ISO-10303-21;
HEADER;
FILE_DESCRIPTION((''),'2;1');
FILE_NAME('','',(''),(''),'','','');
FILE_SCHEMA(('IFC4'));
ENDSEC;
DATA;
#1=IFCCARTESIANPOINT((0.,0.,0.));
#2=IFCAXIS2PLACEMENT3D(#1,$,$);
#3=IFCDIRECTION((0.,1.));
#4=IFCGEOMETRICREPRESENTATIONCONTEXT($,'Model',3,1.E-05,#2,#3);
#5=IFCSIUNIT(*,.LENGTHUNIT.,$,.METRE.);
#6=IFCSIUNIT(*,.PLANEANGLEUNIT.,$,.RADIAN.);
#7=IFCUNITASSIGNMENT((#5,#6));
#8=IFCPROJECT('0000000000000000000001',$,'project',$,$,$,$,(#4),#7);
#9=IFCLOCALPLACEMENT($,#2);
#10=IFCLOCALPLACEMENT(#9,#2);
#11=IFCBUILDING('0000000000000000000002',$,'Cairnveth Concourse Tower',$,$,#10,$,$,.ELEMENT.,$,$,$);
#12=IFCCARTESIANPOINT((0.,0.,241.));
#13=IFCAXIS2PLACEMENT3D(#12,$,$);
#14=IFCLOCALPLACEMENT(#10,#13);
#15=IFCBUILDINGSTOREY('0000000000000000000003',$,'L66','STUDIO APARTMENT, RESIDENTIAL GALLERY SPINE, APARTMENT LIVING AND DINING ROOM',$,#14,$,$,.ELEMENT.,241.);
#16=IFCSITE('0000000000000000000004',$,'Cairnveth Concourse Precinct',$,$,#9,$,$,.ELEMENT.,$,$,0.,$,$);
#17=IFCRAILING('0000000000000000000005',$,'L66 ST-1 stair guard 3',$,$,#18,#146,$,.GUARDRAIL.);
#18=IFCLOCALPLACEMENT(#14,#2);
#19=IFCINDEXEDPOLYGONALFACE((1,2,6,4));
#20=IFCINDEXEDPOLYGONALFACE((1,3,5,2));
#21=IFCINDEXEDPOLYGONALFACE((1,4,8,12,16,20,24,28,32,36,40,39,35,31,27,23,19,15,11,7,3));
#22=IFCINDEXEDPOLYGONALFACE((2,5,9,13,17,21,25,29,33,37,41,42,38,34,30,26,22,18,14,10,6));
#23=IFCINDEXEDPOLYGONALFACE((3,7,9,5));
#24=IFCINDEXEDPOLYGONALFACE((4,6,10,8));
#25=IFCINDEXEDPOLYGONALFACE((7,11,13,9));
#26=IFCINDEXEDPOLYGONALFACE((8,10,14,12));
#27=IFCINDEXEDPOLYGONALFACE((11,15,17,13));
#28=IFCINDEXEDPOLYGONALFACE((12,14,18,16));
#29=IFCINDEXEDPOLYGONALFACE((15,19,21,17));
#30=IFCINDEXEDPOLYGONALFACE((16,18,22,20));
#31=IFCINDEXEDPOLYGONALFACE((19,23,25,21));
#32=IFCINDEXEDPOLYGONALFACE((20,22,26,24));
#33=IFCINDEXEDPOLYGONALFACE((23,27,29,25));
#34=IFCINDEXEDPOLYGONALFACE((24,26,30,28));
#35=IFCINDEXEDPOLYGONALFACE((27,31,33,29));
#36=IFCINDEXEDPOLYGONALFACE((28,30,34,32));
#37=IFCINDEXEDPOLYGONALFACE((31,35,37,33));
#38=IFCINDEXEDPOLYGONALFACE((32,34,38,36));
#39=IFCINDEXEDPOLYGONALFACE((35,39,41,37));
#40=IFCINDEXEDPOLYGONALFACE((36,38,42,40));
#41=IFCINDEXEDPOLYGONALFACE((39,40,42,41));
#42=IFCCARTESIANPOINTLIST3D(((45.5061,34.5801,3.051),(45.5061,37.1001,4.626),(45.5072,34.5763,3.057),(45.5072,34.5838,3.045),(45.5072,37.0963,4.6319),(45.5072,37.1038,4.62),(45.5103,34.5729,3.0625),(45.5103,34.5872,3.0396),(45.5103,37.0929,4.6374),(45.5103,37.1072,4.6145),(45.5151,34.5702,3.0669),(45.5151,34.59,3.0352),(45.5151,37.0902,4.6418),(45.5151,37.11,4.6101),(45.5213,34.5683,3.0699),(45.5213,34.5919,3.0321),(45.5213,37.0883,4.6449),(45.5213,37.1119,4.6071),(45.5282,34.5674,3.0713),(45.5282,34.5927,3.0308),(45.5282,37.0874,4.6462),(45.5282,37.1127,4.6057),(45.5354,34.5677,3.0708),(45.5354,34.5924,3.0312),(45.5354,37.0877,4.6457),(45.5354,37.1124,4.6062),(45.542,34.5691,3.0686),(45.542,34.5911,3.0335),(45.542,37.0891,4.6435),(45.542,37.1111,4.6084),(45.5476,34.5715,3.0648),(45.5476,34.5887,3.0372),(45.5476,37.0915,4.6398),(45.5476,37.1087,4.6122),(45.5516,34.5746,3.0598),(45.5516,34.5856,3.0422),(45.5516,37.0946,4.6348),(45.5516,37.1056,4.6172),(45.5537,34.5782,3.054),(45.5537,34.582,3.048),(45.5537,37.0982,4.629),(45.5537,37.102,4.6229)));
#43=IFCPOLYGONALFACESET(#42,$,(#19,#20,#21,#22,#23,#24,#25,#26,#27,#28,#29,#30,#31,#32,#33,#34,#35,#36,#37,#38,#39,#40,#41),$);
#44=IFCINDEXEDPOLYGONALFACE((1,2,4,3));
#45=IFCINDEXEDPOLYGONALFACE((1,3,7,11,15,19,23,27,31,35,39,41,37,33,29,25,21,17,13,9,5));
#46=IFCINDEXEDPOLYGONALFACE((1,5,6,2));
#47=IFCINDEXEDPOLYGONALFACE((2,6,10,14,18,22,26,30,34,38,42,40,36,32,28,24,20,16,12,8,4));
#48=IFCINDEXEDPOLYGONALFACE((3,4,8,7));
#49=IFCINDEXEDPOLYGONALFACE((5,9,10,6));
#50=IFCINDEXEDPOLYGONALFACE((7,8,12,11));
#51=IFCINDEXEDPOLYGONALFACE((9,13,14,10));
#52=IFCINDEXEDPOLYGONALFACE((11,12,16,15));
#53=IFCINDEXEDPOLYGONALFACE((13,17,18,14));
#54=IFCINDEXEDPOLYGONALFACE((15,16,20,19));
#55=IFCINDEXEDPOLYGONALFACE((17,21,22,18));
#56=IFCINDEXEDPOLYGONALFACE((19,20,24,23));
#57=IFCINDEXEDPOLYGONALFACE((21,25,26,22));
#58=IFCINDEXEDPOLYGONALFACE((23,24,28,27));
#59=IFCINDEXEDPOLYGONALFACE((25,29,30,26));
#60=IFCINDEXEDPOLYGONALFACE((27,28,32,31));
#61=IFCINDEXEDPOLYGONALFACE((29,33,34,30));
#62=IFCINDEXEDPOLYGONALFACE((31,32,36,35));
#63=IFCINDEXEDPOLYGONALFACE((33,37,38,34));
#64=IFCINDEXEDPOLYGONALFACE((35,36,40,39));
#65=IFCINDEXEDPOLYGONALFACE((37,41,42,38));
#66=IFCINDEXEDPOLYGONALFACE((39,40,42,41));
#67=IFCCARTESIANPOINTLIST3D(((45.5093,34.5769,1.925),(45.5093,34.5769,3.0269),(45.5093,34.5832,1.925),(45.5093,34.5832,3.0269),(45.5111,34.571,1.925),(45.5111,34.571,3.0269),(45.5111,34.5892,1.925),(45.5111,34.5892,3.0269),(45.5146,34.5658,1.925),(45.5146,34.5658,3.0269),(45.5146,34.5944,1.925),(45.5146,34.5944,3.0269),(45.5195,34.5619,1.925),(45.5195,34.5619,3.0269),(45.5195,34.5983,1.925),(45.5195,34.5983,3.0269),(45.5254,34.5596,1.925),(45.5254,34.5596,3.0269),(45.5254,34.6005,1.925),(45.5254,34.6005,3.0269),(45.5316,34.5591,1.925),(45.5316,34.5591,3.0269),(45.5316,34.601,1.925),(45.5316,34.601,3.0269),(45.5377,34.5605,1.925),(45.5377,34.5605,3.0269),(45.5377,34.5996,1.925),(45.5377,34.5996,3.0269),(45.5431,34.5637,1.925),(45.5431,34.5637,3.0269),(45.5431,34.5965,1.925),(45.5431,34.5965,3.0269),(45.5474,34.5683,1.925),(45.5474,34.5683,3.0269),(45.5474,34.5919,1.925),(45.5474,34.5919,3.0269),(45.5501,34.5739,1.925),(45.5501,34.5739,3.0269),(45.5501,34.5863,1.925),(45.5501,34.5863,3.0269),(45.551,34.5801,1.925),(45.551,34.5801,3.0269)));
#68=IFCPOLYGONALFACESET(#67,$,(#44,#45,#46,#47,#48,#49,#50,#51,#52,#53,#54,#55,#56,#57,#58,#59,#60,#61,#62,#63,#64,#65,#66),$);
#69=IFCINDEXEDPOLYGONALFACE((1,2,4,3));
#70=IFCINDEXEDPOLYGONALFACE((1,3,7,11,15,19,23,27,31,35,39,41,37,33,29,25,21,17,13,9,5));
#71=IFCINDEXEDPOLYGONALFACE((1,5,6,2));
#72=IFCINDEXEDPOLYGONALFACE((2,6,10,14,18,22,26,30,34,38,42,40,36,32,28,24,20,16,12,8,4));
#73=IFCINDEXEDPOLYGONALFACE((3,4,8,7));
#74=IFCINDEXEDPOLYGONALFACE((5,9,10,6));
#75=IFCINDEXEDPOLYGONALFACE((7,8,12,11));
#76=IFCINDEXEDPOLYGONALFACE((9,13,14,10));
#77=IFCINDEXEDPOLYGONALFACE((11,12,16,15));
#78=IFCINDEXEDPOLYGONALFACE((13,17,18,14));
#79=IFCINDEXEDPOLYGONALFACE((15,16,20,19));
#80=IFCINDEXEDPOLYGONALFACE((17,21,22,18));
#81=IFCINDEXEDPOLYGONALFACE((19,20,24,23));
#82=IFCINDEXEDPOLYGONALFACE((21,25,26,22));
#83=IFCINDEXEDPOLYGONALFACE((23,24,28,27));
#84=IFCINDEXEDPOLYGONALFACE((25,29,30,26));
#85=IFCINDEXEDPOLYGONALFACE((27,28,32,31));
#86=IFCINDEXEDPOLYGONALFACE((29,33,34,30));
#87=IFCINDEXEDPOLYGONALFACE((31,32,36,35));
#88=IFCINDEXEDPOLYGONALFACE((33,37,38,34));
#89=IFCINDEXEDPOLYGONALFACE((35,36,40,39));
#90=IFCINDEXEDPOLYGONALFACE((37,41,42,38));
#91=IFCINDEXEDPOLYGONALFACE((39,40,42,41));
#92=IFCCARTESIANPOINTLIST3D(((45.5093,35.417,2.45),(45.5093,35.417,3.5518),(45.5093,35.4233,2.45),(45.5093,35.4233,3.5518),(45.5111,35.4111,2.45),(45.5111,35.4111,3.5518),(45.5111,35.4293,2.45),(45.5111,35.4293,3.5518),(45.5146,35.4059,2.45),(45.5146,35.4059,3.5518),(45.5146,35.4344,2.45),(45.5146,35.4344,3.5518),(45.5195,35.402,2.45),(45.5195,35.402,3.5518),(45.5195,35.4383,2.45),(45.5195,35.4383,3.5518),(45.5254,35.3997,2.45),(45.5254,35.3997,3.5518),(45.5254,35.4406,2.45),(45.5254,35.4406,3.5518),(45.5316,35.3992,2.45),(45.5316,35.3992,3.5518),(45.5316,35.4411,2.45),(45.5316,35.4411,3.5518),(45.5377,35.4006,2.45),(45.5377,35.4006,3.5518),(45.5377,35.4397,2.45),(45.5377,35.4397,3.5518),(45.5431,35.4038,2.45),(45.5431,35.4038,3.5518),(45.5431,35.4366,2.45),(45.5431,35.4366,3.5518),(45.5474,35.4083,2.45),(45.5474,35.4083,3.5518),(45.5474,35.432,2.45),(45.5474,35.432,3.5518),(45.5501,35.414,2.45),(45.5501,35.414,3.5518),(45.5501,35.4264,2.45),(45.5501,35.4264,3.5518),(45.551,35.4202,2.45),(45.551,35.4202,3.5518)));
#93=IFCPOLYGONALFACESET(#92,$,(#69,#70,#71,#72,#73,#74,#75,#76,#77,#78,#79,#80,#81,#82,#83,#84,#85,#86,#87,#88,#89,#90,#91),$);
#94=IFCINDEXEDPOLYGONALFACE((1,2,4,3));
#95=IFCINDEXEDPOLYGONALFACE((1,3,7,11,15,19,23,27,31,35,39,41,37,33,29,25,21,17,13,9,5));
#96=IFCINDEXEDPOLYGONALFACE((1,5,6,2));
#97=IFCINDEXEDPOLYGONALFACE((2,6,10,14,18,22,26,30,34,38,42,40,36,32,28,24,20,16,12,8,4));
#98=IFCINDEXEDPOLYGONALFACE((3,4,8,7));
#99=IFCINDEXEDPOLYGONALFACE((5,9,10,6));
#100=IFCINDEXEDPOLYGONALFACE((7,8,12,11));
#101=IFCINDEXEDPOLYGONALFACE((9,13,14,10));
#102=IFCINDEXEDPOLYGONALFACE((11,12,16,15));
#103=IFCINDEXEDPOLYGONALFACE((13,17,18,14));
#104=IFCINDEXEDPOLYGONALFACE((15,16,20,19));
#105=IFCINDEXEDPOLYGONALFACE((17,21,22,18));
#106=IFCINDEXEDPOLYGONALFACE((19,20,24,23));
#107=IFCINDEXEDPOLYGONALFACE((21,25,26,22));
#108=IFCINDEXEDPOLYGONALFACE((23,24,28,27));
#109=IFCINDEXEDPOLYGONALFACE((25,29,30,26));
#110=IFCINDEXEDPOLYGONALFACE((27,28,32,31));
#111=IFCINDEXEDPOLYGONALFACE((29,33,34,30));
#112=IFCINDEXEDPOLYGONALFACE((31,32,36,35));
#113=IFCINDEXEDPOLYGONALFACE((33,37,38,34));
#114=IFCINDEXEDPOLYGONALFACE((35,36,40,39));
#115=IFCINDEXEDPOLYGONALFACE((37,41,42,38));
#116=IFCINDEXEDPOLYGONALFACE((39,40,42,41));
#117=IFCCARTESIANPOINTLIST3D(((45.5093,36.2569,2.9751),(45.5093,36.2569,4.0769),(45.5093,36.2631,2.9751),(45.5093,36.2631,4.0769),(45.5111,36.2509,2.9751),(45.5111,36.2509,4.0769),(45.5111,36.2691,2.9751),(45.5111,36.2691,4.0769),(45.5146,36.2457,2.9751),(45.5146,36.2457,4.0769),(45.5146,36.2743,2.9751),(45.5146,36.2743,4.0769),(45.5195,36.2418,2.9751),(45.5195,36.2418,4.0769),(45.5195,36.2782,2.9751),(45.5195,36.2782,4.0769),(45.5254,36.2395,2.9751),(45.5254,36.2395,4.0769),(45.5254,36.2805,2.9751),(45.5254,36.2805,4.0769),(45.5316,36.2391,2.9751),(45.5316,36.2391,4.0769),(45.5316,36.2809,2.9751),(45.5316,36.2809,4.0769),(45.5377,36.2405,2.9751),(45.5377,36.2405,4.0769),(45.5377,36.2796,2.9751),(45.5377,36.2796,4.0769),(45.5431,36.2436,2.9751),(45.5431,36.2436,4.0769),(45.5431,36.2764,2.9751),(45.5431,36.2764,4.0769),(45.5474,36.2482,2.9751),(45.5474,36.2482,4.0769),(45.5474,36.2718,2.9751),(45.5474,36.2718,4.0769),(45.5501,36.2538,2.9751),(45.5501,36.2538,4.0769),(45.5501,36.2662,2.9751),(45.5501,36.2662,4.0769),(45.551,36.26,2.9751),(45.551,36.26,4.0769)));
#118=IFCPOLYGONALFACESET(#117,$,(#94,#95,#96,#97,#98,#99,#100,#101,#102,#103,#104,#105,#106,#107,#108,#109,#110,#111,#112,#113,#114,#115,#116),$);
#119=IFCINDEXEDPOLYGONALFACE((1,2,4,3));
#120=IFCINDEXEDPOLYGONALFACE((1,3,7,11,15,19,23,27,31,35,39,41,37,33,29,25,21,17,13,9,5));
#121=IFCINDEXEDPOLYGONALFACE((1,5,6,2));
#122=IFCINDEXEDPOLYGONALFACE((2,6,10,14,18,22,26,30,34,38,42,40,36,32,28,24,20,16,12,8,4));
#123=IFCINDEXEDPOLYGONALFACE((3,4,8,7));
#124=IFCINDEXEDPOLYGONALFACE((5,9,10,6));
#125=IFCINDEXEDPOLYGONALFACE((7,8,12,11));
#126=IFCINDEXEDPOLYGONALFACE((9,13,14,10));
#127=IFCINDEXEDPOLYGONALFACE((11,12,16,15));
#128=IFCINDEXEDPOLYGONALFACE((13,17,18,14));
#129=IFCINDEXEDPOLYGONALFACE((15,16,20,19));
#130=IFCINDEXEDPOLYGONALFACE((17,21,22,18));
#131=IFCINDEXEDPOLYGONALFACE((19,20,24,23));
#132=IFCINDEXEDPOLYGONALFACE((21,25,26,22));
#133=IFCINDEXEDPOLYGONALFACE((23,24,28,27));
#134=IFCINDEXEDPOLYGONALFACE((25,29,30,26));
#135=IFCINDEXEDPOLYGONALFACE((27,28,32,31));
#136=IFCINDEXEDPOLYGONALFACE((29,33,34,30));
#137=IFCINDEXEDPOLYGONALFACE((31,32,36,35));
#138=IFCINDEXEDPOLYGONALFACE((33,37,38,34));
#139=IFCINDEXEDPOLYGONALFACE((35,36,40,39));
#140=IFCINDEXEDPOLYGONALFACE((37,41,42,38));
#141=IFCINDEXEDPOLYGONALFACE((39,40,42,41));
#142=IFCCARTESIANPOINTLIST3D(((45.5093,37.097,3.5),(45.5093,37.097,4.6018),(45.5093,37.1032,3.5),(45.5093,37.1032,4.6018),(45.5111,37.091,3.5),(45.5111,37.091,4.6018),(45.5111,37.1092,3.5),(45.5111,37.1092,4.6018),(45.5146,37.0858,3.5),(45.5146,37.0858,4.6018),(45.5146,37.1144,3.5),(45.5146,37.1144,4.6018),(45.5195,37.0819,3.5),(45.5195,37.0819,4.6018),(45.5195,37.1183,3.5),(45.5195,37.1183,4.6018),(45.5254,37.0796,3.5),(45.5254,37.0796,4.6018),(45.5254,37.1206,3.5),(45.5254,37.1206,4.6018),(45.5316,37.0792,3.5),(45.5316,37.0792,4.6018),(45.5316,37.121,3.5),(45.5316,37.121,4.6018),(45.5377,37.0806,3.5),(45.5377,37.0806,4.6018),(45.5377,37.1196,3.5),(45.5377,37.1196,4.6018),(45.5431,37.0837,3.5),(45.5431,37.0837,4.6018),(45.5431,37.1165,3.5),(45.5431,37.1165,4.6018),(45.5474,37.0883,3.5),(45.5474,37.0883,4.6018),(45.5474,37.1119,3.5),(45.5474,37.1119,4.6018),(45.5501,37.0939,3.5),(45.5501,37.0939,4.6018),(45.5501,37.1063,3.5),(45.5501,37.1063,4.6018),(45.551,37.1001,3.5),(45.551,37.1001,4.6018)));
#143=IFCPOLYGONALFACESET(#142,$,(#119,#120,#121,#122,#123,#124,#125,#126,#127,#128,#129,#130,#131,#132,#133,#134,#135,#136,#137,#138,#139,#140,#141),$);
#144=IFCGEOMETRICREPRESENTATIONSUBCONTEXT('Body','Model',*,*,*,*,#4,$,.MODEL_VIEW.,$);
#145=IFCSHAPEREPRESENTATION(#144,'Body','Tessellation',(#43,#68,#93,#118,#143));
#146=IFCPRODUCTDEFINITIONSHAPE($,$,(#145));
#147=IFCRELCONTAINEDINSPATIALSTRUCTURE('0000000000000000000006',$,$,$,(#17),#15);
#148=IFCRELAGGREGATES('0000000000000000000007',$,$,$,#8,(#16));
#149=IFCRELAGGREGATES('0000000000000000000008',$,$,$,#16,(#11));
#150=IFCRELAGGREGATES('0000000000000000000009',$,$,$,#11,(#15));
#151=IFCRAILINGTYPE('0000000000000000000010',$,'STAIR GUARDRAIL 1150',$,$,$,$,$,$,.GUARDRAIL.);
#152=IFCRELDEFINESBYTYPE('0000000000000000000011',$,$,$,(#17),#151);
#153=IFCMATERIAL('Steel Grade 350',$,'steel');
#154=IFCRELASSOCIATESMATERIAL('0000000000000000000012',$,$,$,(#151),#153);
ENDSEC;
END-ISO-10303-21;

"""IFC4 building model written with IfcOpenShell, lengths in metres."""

from ifc_helpers import new_model, si_unit, direction, frame, origin, origin_2d, place, context, subcontext, project, spatial, circle, extrude, material, type_object, element, save


model = new_model("IFC4")

# Units and contexts
model_context = context("Model", 3, precision=1e-05, world=origin(), true_north=direction((0.0, 1.0)))
body_context = subcontext(model_context, "Body", "Model", "MODEL_VIEW")
ifc_project = project(units=[si_unit("LENGTHUNIT", "METRE"), si_unit("PLANEANGLEUNIT", "RADIAN")], contexts=[model_context])

# Site, building, storey
site_placement = place(None, origin())
site = spatial("IfcSite", under=ifc_project, at=site_placement, Name="Cairnveth Concourse Precinct", CompositionType="ELEMENT", RefElevation=0.0)
building_placement = place(site_placement, origin())
building = spatial("IfcBuilding", under=site, at=building_placement, Name="Cairnveth Concourse Tower", CompositionType="ELEMENT")
storey_placement = place(building_placement, frame((0.0, 0.0, 241.0)))
storey = spatial("IfcBuildingStorey", under=building, at=storey_placement, Name="L66", Description="STUDIO APARTMENT, RESIDENTIAL GALLERY SPINE, APARTMENT LIVING AND DINING ROOM", CompositionType="ELEMENT", Elevation=241.0)

# Railing
ifc_material_1 = material(Name="Steel Grade 350", Category="steel")
railing_type_1 = type_object("IfcRailingType", Name="STAIR GUARDRAIL 1150", PredefinedType="GUARDRAIL", material=ifc_material_1)
railing_1_placement = place(storey_placement, frame((45.53, 34.5801, 1.925)))
element("IfcRailing", 1, at=railing_1_placement, inside=storey, type_object=railing_type_1, Name="L66 ST-1 stair guard 3", PredefinedType="GUARDRAIL", context=body_context, shape_type="SweptSolid", body=[
    extrude(circle(Radius=0.0239, at=origin_2d()), frame((0.0, 0.0, 1.126), z_axis=(0.0, 0.848008, 0.529984), x_axis=(-1.0, 0.0, 0.0)), (0.0, 0.0, 1.0), 2.9717),
    extrude(circle(Radius=0.021, at=origin_2d()), origin(), (0.0, 0.0, 1.0), 1.1018),
    extrude(circle(Radius=0.021, at=origin_2d()), frame((0.0, 0.8401, 0.5249)), (0.0, 0.0, 1.0), 1.1018),
    extrude(circle(Radius=0.021, at=origin_2d()), frame((0.0, 1.6799, 1.05)), (0.0, 0.0, 1.0), 1.1018),
    extrude(circle(Radius=0.021, at=origin_2d()), frame((0.0, 2.52, 1.575)), (0.0, 0.0, 1.0), 1.1018),
])

save(model, "model.ifc")
